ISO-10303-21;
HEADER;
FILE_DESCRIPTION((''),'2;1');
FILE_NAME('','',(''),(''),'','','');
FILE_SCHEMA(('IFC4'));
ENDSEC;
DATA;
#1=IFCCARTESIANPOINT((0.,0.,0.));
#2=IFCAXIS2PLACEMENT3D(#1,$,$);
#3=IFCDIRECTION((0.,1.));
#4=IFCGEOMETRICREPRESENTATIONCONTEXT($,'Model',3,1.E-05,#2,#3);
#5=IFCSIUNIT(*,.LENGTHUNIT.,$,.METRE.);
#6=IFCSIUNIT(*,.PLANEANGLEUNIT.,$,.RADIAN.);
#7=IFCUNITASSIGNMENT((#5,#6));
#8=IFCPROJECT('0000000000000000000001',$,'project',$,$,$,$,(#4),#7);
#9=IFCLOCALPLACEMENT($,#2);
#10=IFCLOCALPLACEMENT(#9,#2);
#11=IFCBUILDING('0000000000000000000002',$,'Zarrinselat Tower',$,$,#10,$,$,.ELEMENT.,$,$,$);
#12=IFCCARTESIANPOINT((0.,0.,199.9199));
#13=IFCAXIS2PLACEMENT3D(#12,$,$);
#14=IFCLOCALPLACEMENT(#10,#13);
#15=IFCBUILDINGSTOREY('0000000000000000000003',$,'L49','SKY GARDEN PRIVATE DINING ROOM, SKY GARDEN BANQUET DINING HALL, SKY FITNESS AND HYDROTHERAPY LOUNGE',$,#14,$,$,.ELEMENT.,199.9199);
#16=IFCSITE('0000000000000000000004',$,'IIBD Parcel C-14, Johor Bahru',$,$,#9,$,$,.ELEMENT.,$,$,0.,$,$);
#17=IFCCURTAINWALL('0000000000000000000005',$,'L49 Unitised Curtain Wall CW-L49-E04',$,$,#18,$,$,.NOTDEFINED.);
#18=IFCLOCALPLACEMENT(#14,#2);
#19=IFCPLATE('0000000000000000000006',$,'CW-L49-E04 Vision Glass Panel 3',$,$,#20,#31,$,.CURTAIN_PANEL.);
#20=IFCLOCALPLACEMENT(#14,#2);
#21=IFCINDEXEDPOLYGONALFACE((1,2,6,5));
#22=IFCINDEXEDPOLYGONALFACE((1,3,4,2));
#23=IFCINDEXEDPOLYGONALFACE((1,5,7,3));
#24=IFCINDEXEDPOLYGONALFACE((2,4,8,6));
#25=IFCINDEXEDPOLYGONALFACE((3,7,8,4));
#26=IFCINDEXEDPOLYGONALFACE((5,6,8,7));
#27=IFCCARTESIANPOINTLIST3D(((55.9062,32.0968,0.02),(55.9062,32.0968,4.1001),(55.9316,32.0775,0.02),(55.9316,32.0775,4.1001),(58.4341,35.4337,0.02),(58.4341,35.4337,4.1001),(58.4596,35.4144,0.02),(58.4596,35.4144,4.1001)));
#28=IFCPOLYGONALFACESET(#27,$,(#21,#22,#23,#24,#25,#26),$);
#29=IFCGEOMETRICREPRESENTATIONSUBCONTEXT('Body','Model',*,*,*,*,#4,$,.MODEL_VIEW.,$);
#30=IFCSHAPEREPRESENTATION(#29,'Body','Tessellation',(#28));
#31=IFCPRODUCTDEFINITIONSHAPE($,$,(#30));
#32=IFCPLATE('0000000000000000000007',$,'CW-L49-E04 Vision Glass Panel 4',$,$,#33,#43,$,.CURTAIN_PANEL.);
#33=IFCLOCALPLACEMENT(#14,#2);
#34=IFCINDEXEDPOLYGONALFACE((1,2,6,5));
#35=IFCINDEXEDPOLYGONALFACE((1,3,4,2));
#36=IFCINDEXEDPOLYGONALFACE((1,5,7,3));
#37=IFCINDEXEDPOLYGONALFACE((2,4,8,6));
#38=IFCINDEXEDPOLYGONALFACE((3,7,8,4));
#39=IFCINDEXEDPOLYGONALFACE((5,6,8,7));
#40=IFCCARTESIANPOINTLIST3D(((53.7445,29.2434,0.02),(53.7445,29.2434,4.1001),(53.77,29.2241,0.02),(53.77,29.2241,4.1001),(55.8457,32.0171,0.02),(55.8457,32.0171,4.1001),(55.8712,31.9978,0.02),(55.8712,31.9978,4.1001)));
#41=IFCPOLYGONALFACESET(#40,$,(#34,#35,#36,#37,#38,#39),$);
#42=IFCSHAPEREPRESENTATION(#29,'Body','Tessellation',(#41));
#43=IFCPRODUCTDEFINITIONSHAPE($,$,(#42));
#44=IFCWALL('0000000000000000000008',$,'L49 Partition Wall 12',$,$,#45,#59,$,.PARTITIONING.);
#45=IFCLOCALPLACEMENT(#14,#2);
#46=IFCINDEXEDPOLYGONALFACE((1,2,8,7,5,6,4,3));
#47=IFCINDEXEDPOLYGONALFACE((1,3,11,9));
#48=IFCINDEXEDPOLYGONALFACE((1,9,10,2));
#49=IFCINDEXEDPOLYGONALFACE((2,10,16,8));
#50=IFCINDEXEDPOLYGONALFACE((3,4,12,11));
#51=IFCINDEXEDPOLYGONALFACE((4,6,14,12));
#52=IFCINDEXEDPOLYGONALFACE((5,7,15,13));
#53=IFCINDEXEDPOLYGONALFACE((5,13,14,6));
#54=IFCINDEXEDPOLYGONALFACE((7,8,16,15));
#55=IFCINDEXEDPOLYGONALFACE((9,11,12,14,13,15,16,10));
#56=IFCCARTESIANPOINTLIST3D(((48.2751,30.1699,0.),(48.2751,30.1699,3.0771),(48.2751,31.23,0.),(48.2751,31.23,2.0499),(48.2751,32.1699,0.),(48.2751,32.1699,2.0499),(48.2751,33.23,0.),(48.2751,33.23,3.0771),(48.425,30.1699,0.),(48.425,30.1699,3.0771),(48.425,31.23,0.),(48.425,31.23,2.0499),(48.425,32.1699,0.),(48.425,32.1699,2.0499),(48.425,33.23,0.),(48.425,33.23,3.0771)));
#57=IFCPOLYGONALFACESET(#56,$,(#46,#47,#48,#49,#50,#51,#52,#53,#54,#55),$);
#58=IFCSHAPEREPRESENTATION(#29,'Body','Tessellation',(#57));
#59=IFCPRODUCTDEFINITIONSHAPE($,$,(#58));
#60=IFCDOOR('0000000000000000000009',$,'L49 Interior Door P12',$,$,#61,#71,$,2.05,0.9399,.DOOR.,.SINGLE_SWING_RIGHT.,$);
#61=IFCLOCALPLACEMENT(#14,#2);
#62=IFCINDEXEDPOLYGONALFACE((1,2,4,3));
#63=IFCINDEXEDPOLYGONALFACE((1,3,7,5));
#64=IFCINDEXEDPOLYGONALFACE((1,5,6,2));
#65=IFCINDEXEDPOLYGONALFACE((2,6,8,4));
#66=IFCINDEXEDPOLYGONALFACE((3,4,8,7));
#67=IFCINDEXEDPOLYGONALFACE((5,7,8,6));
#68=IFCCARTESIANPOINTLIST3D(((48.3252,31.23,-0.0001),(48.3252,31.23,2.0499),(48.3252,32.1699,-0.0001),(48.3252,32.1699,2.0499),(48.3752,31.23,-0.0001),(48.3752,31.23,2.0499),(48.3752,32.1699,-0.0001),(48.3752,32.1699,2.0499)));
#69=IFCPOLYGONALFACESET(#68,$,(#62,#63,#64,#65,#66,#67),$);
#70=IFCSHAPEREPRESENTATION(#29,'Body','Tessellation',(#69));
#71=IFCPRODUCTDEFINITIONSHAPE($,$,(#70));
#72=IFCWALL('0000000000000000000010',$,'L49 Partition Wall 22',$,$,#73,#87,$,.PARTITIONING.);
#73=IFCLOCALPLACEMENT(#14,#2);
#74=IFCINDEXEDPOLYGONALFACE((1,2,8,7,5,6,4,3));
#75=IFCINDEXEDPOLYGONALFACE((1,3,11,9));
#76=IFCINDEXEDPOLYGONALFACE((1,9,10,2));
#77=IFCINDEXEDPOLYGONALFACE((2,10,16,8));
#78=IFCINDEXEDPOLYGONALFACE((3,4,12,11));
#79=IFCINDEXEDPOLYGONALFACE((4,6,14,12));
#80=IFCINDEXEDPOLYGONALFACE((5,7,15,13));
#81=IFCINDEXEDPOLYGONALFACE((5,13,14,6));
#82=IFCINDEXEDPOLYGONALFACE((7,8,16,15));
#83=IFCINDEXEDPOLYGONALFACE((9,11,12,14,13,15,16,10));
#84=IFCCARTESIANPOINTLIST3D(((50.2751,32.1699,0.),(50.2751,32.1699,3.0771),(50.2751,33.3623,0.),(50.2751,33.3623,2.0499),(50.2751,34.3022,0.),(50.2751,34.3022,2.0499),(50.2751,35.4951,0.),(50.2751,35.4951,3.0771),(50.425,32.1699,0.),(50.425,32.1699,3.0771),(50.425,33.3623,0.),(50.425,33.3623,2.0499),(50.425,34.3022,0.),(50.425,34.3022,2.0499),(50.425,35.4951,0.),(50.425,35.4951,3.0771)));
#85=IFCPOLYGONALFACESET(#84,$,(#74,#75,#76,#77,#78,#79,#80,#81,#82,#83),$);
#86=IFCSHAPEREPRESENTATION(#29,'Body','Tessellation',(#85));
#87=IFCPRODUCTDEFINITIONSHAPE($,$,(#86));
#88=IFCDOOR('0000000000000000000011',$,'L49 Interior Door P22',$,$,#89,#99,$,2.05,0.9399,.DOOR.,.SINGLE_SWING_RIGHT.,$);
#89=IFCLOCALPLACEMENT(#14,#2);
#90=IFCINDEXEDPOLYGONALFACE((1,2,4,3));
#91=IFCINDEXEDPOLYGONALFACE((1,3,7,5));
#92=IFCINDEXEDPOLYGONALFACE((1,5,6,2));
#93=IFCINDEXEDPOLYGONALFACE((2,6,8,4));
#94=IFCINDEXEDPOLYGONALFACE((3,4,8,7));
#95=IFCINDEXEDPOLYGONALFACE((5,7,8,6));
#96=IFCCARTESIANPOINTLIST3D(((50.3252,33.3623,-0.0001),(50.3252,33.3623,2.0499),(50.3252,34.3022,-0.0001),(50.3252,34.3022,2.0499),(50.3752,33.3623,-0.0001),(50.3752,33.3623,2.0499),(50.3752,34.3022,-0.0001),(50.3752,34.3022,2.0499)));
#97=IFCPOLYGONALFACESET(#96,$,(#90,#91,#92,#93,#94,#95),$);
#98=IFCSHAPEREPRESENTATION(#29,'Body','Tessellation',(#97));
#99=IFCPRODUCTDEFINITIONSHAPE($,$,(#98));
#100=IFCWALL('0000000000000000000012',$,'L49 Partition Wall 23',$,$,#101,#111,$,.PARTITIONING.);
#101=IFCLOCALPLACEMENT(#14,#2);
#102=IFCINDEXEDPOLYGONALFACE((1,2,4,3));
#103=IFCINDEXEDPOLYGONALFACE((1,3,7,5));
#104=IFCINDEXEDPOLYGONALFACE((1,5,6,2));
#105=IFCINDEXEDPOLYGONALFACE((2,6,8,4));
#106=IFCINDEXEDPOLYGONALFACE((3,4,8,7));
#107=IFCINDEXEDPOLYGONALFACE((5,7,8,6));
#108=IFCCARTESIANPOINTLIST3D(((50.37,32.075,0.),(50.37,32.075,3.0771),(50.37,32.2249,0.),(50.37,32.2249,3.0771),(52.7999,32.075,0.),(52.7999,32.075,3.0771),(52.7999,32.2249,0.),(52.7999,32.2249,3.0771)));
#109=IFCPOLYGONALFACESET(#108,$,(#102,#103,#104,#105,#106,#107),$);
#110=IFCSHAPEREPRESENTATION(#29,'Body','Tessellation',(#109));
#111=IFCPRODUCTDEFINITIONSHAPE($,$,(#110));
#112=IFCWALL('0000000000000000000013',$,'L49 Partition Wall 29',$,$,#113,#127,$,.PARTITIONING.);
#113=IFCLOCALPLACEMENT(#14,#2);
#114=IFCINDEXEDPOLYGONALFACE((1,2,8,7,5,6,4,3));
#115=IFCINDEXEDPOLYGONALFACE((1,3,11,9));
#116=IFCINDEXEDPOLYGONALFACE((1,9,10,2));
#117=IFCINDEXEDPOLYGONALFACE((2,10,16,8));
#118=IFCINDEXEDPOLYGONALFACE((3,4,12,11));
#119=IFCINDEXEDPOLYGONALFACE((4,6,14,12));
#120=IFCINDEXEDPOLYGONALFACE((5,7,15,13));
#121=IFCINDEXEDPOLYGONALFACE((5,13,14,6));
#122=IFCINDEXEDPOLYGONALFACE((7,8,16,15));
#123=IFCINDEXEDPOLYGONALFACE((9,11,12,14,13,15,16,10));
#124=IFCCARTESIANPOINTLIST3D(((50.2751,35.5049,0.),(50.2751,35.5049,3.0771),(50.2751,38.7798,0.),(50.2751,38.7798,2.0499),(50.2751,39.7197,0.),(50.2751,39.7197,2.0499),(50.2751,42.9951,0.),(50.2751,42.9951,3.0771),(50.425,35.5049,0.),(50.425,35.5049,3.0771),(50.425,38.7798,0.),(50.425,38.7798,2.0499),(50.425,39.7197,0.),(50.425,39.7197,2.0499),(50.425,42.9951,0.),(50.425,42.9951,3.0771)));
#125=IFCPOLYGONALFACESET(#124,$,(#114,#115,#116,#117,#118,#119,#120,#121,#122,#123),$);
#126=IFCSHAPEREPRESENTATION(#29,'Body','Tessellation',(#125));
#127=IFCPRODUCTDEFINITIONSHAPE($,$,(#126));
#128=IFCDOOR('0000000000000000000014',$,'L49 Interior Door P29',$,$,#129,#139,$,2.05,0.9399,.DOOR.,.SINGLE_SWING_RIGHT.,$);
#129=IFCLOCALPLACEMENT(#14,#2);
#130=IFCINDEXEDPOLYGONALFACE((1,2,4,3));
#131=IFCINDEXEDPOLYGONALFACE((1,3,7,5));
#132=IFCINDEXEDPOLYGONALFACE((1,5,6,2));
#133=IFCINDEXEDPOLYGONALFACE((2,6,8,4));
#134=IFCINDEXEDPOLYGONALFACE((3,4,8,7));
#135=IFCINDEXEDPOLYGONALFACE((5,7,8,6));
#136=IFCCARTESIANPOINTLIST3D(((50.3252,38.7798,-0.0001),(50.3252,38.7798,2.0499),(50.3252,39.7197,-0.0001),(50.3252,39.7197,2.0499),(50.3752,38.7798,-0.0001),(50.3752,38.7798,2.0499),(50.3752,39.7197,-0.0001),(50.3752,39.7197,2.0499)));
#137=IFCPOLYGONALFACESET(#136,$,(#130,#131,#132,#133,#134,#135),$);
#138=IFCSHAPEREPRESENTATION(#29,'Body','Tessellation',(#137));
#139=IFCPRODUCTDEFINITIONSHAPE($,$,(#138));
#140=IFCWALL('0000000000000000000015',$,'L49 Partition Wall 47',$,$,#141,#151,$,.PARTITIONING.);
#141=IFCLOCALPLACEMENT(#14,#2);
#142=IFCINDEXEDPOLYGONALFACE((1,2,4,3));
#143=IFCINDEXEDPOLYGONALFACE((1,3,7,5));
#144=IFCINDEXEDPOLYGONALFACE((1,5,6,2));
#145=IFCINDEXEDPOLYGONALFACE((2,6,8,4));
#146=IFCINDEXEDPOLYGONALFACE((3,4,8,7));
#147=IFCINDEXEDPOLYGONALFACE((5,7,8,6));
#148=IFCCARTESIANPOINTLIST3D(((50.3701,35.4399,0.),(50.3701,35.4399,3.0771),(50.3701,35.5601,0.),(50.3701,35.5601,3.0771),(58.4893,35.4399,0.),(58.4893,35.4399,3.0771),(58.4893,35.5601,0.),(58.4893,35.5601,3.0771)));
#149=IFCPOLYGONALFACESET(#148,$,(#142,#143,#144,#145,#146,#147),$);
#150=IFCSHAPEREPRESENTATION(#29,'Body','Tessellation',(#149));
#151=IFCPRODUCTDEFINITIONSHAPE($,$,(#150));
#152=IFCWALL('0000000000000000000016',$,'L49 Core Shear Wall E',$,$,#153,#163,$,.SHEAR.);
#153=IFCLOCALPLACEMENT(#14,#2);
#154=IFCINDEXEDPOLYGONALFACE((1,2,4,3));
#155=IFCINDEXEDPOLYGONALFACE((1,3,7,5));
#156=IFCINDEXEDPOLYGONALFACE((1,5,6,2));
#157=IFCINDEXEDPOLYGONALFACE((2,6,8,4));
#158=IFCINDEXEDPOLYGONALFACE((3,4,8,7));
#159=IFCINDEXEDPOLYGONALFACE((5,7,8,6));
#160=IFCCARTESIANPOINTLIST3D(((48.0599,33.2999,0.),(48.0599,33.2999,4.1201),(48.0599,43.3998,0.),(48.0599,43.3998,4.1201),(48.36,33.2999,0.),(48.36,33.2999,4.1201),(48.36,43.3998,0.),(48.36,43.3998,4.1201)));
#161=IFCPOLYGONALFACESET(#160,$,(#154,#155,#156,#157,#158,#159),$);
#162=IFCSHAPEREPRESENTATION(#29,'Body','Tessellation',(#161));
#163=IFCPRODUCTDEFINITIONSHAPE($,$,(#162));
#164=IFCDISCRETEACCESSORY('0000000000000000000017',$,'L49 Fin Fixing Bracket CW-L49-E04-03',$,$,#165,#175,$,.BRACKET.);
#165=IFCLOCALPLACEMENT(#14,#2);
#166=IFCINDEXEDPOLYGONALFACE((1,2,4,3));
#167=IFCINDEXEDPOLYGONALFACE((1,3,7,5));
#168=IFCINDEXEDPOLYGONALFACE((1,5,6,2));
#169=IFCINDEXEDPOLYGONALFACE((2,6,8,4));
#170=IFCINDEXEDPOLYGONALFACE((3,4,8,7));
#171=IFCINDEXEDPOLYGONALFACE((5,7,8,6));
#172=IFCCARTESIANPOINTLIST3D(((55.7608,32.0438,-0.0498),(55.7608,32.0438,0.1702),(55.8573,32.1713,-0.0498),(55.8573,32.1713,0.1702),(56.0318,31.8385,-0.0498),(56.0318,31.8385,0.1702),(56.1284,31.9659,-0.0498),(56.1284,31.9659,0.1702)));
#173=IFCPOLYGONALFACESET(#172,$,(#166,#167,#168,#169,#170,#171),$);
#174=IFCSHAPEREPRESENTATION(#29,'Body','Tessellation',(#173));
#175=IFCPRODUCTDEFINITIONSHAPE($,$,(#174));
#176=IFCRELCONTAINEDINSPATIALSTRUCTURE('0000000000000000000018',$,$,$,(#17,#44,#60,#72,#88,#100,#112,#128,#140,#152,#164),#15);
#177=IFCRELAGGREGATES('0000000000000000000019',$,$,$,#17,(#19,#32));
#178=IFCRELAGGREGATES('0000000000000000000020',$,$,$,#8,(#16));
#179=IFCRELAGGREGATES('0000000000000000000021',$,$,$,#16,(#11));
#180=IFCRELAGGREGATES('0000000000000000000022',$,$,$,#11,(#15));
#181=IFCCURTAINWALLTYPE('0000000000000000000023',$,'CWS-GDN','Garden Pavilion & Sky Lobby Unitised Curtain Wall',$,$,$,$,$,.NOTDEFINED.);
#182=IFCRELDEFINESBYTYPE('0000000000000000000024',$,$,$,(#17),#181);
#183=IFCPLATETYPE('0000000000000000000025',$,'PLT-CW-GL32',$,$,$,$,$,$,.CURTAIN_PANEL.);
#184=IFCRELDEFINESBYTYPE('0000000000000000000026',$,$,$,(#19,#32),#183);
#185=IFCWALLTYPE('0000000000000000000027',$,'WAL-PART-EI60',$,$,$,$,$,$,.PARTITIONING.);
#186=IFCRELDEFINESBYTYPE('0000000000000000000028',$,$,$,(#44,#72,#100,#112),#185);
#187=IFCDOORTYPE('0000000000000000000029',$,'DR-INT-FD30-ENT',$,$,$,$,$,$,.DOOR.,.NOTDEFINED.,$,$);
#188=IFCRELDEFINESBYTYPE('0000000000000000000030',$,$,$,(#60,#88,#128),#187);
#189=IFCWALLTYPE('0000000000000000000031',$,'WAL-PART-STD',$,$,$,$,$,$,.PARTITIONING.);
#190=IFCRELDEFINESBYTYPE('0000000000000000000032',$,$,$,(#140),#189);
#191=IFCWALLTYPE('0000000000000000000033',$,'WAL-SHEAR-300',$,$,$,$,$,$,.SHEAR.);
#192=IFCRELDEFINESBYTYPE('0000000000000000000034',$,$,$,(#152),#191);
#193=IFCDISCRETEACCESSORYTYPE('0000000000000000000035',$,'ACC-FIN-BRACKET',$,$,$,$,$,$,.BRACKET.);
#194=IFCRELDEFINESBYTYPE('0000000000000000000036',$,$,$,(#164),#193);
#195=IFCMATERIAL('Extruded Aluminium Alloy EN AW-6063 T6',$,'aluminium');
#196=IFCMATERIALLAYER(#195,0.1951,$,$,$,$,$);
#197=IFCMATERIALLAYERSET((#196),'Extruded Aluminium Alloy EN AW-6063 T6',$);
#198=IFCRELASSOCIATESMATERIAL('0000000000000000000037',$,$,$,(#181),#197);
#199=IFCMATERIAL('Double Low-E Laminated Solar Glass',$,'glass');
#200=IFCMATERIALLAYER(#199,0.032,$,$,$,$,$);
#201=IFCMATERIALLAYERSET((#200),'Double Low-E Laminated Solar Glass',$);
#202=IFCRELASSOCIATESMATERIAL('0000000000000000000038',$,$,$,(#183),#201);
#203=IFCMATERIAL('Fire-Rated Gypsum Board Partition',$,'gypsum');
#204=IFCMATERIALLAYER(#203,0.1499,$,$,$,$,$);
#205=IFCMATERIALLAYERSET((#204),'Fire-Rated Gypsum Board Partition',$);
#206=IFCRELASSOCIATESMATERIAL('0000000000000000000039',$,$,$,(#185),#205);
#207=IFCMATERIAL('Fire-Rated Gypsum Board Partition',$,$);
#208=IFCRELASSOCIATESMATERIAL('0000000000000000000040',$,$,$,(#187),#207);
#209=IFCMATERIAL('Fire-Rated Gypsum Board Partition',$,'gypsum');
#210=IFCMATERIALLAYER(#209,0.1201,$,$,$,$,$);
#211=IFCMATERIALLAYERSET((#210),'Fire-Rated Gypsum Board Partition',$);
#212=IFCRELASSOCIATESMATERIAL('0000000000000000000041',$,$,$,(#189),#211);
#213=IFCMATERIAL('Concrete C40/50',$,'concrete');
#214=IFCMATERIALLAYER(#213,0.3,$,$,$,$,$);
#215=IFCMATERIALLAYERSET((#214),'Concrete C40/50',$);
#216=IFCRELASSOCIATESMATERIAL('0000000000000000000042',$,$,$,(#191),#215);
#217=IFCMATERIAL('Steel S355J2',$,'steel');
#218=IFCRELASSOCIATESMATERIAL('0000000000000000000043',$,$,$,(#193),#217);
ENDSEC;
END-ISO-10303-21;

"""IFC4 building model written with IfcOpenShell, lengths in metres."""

from ifc_helpers import new_model, si_unit, direction, frame, frame_2d, origin, origin_2d, place, context, subcontext, project, spatial, rectangle, extrude, material, layer, layer_set, type_object, element, fill, aggregate, save


model = new_model("IFC4")

# Units and contexts
model_context = context("Model", 3, precision=1e-05, world=origin(), true_north=direction((0.0, 1.0)))
body_context = subcontext(model_context, "Body", "Model", "MODEL_VIEW")
ifc_project = project(units=[si_unit("LENGTHUNIT", "METRE"), si_unit("PLANEANGLEUNIT", "RADIAN")], contexts=[model_context])

# Site, building, storey
site_placement = place(None, origin())
site = spatial("IfcSite", under=ifc_project, at=site_placement, Name="IIBD Parcel C-14, Johor Bahru", CompositionType="ELEMENT", RefElevation=0.0)
building_placement = place(site_placement, origin())
building = spatial("IfcBuilding", under=site, at=building_placement, Name="Zarrinselat Tower", CompositionType="ELEMENT")
storey_placement = place(building_placement, frame((0.0, 0.0, 199.9199)))
storey = spatial("IfcBuildingStorey", under=building, at=storey_placement, Name="L49", Description="SKY GARDEN PRIVATE DINING ROOM, SKY GARDEN BANQUET DINING HALL, SKY FITNESS AND HYDROTHERAPY LOUNGE", CompositionType="ELEMENT", Elevation=199.9199)

# Curtain wall, plates
ifc_material_1 = material(Name="Extruded Aluminium Alloy EN AW-6063 T6", Category="aluminium")
ifc_layer_1 = layer(ifc_material_1, 0.1951)
ifc_layer_set_1 = layer_set([ifc_layer_1], Name="Extruded Aluminium Alloy EN AW-6063 T6")
curtain_wall_type = type_object("IfcCurtainWallType", Name="CWS-GDN", Description="Garden Pavilion & Sky Lobby Unitised Curtain Wall", PredefinedType="NOTDEFINED", material=ifc_layer_set_1)
curtain_wall_placement = place(storey_placement, origin())
curtain_wall = element("IfcCurtainWall", 1, at=curtain_wall_placement, inside=storey, type_object=curtain_wall_type, Name="L49 Unitised Curtain Wall CW-L49-E04", PredefinedType="NOTDEFINED")
ifc_material_2 = material(Name="Double Low-E Laminated Solar Glass", Category="glass")
ifc_layer_2 = layer(ifc_material_2, 0.032)
ifc_layer_set_2 = layer_set([ifc_layer_2], Name="Double Low-E Laminated Solar Glass")
plate_type = type_object("IfcPlateType", Name="PLT-CW-GL32", PredefinedType="CURTAIN_PANEL", material=ifc_layer_set_2)
plate_1_placement = place(storey_placement, frame((57.1829, 33.7556, 0.02), z_axis=(0.0, 0.0, 1.0), x_axis=(-0.603858, -0.797092, 0.0)))
plate_1 = element("IfcPlate", 2, at=plate_1_placement, type_object=plate_type, Name="CW-L49-E04 Vision Glass Panel 3", PredefinedType="CURTAIN_PANEL", context=body_context, shape_type="SweptSolid", body=[
    extrude(rectangle(XDim=4.1863, YDim=0.032, at=origin_2d()), origin(), (0.0, 0.0, 1.0), 4.0801),
])
plate_2_placement = place(storey_placement, frame((54.8079, 30.6206, 0.02), z_axis=(0.0, 0.0, 1.0), x_axis=(-0.603858, -0.797092, 0.0)))
plate_2 = element("IfcPlate", 3, at=plate_2_placement, type_object=plate_type, Name="CW-L49-E04 Vision Glass Panel 4", PredefinedType="CURTAIN_PANEL", context=body_context, shape_type="SweptSolid", body=[
    extrude(rectangle(XDim=3.4797, YDim=0.032, at=origin_2d()), origin(), (0.0, 0.0, 1.0), 4.0801),
])
aggregate(curtain_wall, [plate_1, plate_2])

# Walls, openings, doors
ifc_material_3 = material(Name="Fire-Rated Gypsum Board Partition", Category="gypsum")
ifc_layer_3 = layer(ifc_material_3, 0.1499)
ifc_layer_set_3 = layer_set([ifc_layer_3], Name="Fire-Rated Gypsum Board Partition")
wall_type_1 = type_object("IfcWallType", Name="WAL-PART-EI60", PredefinedType="PARTITIONING", material=ifc_layer_set_3)
wall_1_placement = place(storey_placement, frame((48.3501, 30.1699, 0.0), z_axis=(0.0, 0.0, 1.0), x_axis=(0.0, 1.0, 0.0)))
wall_1 = element("IfcWall", 4, at=wall_1_placement, inside=storey, type_object=wall_type_1, Name="L49 Partition Wall 12", PredefinedType="PARTITIONING", context=body_context, shape_type="SweptSolid", body=[
    extrude(rectangle(XDim=3.0601, YDim=0.1499, at=frame_2d((1.53, 0.0))), origin(), (0.0, 0.0, 1.0), 3.0771),
])
opening_1_placement = place(wall_1_placement, frame((1.0601, 0.0, 0.0)))
opening_1 = element("IfcOpeningElement", 5, at=opening_1_placement, cuts=wall_1, PredefinedType="OPENING", context=body_context, shape_type="SweptSolid", body=[
    extrude(rectangle(XDim=0.9399, YDim=2.05, at=frame_2d((0.47, 1.0249))), frame((0.0, 0.085, 0.0), z_axis=(0.0, -1.0, 0.0), x_axis=(1.0, 0.0, 0.0)), (0.0, 0.0, 1.0), 0.1699),
])
ifc_material_4 = material(Name="Fire-Rated Gypsum Board Partition")
door_type = type_object("IfcDoorType", Name="DR-INT-FD30-ENT", OperationType="NOTDEFINED", PredefinedType="DOOR", material=ifc_material_4)
door_1_placement = place(opening_1_placement, origin())
door_1 = element("IfcDoor", 6, at=door_1_placement, inside=storey, type_object=door_type, Name="L49 Interior Door P12", OperationType="SINGLE_SWING_RIGHT", OverallHeight=2.05, OverallWidth=0.9399, PredefinedType="DOOR", context=body_context, shape_type="SweptSolid", body=[
    extrude(rectangle(XDim=0.9399, YDim=2.05, at=frame_2d((0.47, 1.0249))), frame((0.0, 0.0249, 0.0), z_axis=(0.0, -1.0, 0.0), x_axis=(1.0, 0.0, 0.0)), (0.0, 0.0, 1.0), 0.05),
])
fill(opening_1, door_1)
wall_2_placement = place(storey_placement, frame((50.3501, 32.1699, 0.0), z_axis=(0.0, 0.0, 1.0), x_axis=(0.0, 1.0, 0.0)))
wall_2 = element("IfcWall", 7, at=wall_2_placement, inside=storey, type_object=wall_type_1, Name="L49 Partition Wall 22", PredefinedType="PARTITIONING", context=body_context, shape_type="SweptSolid", body=[
    extrude(rectangle(XDim=3.3252, YDim=0.1499, at=frame_2d((1.6626, 0.0))), origin(), (0.0, 0.0, 1.0), 3.0771),
])
opening_2_placement = place(wall_2_placement, frame((1.1924, 0.0, 0.0)))
opening_2 = element("IfcOpeningElement", 8, at=opening_2_placement, cuts=wall_2, PredefinedType="OPENING", context=body_context, shape_type="SweptSolid", body=[
    extrude(rectangle(XDim=0.9399, YDim=2.05, at=frame_2d((0.47, 1.0249))), frame((0.0, 0.085, 0.0), z_axis=(0.0, -1.0, 0.0), x_axis=(1.0, 0.0, 0.0)), (0.0, 0.0, 1.0), 0.1699),
])
door_2_placement = place(opening_2_placement, origin())
door_2 = element("IfcDoor", 9, at=door_2_placement, inside=storey, type_object=door_type, Name="L49 Interior Door P22", OperationType="SINGLE_SWING_RIGHT", OverallHeight=2.05, OverallWidth=0.9399, PredefinedType="DOOR", context=body_context, shape_type="SweptSolid", body=[
    extrude(rectangle(XDim=0.9399, YDim=2.05, at=frame_2d((0.47, 1.0249))), frame((0.0, 0.0249, 0.0), z_axis=(0.0, -1.0, 0.0), x_axis=(1.0, 0.0, 0.0)), (0.0, 0.0, 1.0), 0.05),
])
fill(opening_2, door_2)

# Wall
wall_3_placement = place(storey_placement, frame((50.3701, 32.1499, 0.0), z_axis=(0.0, 0.0, 1.0), x_axis=(1.0, 0.0, 0.0)))
element("IfcWall", 10, at=wall_3_placement, inside=storey, type_object=wall_type_1, Name="L49 Partition Wall 23", PredefinedType="PARTITIONING", context=body_context, shape_type="SweptSolid", body=[
    extrude(rectangle(XDim=2.4299, YDim=0.1499, at=frame_2d((1.2148, 0.0))), origin(), (0.0, 0.0, 1.0), 3.0771),
])

# Wall, opening, door
wall_4_placement = place(storey_placement, frame((50.3501, 35.5049, 0.0), z_axis=(0.0, 0.0, 1.0), x_axis=(0.0, 1.0, 0.0)))
wall_4 = element("IfcWall", 11, at=wall_4_placement, inside=storey, type_object=wall_type_1, Name="L49 Partition Wall 29", PredefinedType="PARTITIONING", context=body_context, shape_type="SweptSolid", body=[
    extrude(rectangle(XDim=7.4902, YDim=0.1499, at=frame_2d((3.7451, 0.0))), origin(), (0.0, 0.0, 1.0), 3.0771),
])
opening_3_placement = place(wall_4_placement, frame((3.2749, 0.0, 0.0)))
opening_3 = element("IfcOpeningElement", 12, at=opening_3_placement, cuts=wall_4, PredefinedType="OPENING", context=body_context, shape_type="SweptSolid", body=[
    extrude(rectangle(XDim=0.9399, YDim=2.05, at=frame_2d((0.47, 1.0249))), frame((0.0, 0.085, 0.0), z_axis=(0.0, -1.0, 0.0), x_axis=(1.0, 0.0, 0.0)), (0.0, 0.0, 1.0), 0.1699),
])
door_3_placement = place(opening_3_placement, origin())
door_3 = element("IfcDoor", 13, at=door_3_placement, inside=storey, type_object=door_type, Name="L49 Interior Door P29", OperationType="SINGLE_SWING_RIGHT", OverallHeight=2.05, OverallWidth=0.9399, PredefinedType="DOOR", context=body_context, shape_type="SweptSolid", body=[
    extrude(rectangle(XDim=0.9399, YDim=2.05, at=frame_2d((0.47, 1.0249))), frame((0.0, 0.0249, 0.0), z_axis=(0.0, -1.0, 0.0), x_axis=(1.0, 0.0, 0.0)), (0.0, 0.0, 1.0), 0.05),
])
fill(opening_3, door_3)

# Walls
ifc_material_5 = material(Name="Fire-Rated Gypsum Board Partition", Category="gypsum")
ifc_layer_4 = layer(ifc_material_5, 0.1201)
ifc_layer_set_4 = layer_set([ifc_layer_4], Name="Fire-Rated Gypsum Board Partition")
wall_type_2 = type_object("IfcWallType", Name="WAL-PART-STD", PredefinedType="PARTITIONING", material=ifc_layer_set_4)
wall_5_placement = place(storey_placement, frame((50.3701, 35.5, 0.0), z_axis=(0.0, 0.0, 1.0), x_axis=(1.0, 0.0, 0.0)))
element("IfcWall", 14, at=wall_5_placement, inside=storey, type_object=wall_type_2, Name="L49 Partition Wall 47", PredefinedType="PARTITIONING", context=body_context, shape_type="SweptSolid", body=[
    extrude(rectangle(XDim=8.1191, YDim=0.1201, at=frame_2d((4.0596, 0.0))), origin(), (0.0, 0.0, 1.0), 3.0771),
])
ifc_material_6 = material(Name="Concrete C40/50", Category="concrete")
ifc_layer_5 = layer(ifc_material_6, 0.3)
ifc_layer_set_5 = layer_set([ifc_layer_5], Name="Concrete C40/50")
wall_type_3 = type_object("IfcWallType", Name="WAL-SHEAR-300", PredefinedType="SHEAR", material=ifc_layer_set_5)
wall_6_placement = place(storey_placement, frame((48.21, 33.3, 0.0), z_axis=(0.0, 0.0, 1.0), x_axis=(0.0, 1.0, 0.0)))
element("IfcWall", 15, at=wall_6_placement, inside=storey, type_object=wall_type_3, Name="L49 Core Shear Wall E", PredefinedType="SHEAR", context=body_context, shape_type="SweptSolid", body=[
    extrude(rectangle(XDim=10.0999, YDim=0.3, at=frame_2d((5.0498, 0.0))), origin(), (0.0, 0.0, 1.0), 4.1201),
])

# Discrete accessory
ifc_material_7 = material(Name="Steel S355J2", Category="steel")
discrete_accessory_type = type_object("IfcDiscreteAccessoryType", Name="ACC-FIN-BRACKET", PredefinedType="BRACKET", material=ifc_material_7)
discrete_accessory_placement = place(storey_placement, frame((55.9446, 32.0049, -0.0498), z_axis=(0.0, 0.0, 1.0), x_axis=(0.797092, -0.603858, 0.0)))
element("IfcDiscreteAccessory", 16, at=discrete_accessory_placement, inside=storey, type_object=discrete_accessory_type, Name="L49 Fin Fixing Bracket CW-L49-E04-03", PredefinedType="BRACKET", context=body_context, shape_type="SweptSolid", body=[
    extrude(rectangle(XDim=0.3401, YDim=0.1599, at=origin_2d()), origin(), (0.0, 0.0, 1.0), 0.22),
])

save(model, "model.ifc")
